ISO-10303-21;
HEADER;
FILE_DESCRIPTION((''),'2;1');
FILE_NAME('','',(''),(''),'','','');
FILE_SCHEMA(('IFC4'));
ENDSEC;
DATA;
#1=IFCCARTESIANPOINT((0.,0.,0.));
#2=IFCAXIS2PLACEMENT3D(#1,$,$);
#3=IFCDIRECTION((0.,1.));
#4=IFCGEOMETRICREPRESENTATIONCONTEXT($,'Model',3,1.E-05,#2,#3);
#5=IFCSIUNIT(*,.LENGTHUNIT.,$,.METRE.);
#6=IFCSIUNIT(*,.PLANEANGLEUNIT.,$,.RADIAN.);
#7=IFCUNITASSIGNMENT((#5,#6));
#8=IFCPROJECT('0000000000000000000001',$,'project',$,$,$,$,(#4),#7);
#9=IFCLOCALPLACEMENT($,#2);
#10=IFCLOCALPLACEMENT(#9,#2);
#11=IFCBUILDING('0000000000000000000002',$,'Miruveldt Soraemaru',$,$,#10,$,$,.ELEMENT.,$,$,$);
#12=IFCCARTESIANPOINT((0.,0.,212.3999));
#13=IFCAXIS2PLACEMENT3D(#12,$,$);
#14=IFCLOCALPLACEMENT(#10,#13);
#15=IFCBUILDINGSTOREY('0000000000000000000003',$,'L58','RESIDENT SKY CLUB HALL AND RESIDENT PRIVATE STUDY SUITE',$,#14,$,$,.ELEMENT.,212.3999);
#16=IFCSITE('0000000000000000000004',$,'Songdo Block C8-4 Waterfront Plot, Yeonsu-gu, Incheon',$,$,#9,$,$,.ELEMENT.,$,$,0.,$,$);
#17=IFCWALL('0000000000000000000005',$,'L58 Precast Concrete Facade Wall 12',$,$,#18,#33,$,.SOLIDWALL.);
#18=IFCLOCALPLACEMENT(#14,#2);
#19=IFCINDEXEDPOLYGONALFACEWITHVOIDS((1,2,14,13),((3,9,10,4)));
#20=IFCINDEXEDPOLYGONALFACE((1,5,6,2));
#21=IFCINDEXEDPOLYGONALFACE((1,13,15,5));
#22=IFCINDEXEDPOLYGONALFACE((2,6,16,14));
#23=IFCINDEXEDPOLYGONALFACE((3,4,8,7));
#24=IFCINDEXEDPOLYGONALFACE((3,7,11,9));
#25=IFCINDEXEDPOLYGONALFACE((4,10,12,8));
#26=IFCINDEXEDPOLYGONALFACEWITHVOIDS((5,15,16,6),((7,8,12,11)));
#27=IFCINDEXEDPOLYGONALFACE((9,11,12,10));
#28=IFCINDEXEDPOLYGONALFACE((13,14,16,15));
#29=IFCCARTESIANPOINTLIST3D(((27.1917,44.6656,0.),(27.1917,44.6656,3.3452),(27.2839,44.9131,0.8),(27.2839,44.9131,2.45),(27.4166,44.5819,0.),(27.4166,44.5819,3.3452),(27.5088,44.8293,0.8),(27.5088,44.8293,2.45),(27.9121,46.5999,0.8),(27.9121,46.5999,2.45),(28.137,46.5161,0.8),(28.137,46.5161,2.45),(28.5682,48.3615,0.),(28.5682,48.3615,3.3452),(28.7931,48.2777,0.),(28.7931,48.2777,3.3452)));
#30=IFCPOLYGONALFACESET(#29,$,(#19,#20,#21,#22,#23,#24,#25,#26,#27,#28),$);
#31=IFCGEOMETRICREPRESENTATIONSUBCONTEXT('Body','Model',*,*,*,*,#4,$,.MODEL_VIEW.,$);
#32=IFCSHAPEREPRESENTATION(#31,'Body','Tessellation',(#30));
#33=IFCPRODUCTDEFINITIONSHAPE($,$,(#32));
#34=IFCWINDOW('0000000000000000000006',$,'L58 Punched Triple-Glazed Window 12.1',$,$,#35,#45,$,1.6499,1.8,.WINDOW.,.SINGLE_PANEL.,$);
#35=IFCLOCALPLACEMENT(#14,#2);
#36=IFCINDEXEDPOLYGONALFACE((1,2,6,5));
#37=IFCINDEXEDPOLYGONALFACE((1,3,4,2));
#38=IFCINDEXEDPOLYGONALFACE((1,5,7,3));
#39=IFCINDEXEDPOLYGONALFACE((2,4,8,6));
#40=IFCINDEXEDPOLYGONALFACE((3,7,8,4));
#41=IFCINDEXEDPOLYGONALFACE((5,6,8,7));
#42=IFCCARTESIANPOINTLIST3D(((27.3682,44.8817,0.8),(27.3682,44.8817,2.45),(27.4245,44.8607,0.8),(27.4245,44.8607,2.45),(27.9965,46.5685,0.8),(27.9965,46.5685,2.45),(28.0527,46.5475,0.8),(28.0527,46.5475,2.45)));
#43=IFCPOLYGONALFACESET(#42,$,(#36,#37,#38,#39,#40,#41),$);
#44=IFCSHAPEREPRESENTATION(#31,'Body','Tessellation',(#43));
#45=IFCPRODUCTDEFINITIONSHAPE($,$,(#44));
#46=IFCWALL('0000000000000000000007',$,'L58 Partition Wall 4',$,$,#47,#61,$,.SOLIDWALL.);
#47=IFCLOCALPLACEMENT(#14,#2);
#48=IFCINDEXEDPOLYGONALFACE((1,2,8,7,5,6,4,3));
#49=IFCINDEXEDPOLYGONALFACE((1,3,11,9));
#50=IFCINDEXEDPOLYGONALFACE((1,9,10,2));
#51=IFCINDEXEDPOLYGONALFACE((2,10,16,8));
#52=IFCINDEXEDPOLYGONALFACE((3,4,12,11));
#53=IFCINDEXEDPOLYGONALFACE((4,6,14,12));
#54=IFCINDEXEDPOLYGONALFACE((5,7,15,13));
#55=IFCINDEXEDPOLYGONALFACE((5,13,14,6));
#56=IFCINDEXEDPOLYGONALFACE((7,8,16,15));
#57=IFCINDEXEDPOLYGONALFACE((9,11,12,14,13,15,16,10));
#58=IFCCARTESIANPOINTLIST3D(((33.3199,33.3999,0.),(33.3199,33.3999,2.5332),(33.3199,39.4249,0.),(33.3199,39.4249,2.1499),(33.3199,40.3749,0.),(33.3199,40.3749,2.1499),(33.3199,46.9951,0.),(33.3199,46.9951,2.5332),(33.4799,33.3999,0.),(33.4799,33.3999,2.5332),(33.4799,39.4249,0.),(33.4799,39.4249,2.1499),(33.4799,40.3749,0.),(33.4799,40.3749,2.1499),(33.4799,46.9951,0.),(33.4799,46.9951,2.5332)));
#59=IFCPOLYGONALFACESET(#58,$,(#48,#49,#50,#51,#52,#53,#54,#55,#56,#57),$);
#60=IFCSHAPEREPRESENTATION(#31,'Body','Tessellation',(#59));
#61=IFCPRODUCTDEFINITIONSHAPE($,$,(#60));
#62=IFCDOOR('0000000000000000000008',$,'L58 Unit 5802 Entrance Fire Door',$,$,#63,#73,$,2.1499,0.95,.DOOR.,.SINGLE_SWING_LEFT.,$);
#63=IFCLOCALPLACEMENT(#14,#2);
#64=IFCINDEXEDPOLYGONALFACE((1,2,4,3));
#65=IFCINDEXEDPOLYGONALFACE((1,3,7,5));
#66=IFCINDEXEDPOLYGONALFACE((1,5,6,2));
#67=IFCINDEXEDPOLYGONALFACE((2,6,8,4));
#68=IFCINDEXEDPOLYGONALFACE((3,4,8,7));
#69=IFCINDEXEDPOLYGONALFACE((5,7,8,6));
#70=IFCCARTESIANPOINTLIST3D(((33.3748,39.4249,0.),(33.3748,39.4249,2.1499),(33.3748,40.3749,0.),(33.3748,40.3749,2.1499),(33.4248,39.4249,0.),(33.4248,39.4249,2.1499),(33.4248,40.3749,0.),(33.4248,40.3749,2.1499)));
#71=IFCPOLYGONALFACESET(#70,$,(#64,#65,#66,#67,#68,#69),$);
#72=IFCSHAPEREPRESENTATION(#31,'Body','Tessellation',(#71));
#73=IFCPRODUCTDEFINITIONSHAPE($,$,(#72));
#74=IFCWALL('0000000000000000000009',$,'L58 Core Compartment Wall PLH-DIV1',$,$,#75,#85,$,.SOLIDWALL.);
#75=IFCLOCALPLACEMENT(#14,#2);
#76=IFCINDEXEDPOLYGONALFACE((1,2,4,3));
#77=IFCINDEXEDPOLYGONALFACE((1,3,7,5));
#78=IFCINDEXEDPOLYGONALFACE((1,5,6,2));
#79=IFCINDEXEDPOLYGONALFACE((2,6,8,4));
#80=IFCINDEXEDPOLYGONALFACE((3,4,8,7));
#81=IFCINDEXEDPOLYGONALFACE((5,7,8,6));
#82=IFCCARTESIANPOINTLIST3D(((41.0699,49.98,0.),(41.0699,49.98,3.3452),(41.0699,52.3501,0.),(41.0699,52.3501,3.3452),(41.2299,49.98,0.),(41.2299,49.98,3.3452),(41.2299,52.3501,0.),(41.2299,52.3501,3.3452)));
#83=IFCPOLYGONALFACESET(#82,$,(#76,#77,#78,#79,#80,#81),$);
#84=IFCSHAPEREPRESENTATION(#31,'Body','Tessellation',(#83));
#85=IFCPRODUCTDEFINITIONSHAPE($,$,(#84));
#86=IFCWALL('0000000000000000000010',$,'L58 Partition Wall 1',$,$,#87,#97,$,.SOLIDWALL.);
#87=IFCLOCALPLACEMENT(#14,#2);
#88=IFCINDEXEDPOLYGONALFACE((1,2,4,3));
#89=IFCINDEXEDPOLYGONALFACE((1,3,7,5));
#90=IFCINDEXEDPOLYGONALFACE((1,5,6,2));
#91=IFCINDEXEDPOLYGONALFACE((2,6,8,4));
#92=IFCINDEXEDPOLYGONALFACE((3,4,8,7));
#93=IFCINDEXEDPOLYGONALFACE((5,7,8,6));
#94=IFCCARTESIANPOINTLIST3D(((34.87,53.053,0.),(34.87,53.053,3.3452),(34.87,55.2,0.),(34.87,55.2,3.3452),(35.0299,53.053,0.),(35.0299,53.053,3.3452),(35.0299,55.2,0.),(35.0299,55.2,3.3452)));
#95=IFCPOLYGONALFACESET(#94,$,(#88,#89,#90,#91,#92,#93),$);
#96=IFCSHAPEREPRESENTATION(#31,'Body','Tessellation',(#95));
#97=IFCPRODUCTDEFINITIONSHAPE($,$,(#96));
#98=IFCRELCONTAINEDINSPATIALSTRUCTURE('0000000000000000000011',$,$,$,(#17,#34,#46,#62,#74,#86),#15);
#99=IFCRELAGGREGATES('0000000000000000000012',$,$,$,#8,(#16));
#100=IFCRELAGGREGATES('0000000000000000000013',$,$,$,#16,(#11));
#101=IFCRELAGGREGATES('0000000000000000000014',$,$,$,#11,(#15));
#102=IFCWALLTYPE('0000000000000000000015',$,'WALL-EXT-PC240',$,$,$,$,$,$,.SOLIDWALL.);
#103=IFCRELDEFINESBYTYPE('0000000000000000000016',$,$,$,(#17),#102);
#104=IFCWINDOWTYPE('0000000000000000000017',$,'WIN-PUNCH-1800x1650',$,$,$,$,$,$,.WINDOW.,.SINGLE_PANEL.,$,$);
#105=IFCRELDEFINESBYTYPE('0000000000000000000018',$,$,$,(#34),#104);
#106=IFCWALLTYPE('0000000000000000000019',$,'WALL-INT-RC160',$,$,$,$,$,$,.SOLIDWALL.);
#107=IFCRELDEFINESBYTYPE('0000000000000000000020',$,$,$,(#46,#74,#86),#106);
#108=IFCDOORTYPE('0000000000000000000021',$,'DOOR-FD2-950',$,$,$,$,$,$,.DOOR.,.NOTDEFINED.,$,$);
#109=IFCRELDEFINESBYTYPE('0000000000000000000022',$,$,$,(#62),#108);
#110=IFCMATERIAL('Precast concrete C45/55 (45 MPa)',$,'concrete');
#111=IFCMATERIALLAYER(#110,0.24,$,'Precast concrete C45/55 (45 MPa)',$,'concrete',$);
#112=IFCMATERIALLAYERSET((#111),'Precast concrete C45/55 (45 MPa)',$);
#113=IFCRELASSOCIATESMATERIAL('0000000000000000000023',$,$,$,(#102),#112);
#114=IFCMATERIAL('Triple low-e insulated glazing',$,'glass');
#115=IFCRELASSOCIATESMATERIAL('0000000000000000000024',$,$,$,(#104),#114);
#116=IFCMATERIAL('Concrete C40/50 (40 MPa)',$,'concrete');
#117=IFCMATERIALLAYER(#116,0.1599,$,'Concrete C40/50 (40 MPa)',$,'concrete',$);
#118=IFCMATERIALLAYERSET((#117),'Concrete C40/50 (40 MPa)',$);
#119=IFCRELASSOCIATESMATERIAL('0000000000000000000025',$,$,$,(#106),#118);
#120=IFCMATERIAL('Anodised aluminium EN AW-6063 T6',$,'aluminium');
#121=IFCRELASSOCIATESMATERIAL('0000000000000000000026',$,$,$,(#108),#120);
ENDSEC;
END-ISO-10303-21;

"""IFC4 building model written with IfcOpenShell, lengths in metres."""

from ifc_helpers import new_model, si_unit, direction, frame, frame_2d, origin, place, context, subcontext, project, spatial, rectangle, extrude, material, layer, layer_set, type_object, element, fill, save


model = new_model("IFC4")

# Units and contexts
model_context = context("Model", 3, precision=1e-05, world=origin(), true_north=direction((0.0, 1.0)))
body_context = subcontext(model_context, "Body", "Model", "MODEL_VIEW")
ifc_project = project(units=[si_unit("LENGTHUNIT", "METRE"), si_unit("PLANEANGLEUNIT", "RADIAN")], contexts=[model_context])

# Site, building, storey
site_placement = place(None, origin())
site = spatial("IfcSite", under=ifc_project, at=site_placement, Name="Songdo Block C8-4 Waterfront Plot, Yeonsu-gu, Incheon", CompositionType="ELEMENT", RefElevation=0.0)
building_placement = place(site_placement, origin())
building = spatial("IfcBuilding", under=site, at=building_placement, Name="Miruveldt Soraemaru", CompositionType="ELEMENT")
storey_placement = place(building_placement, frame((0.0, 0.0, 212.3999)))
storey = spatial("IfcBuildingStorey", under=building, at=storey_placement, Name="L58", Description="RESIDENT SKY CLUB HALL AND RESIDENT PRIVATE STUDY SUITE", CompositionType="ELEMENT", Elevation=212.3999)

# Shared definitions
ifc_material_1 = material(Name="Anodised aluminium EN AW-6063 T6", Category="aluminium")

# Wall, opening, window
ifc_material_2 = material(Name="Precast concrete C45/55 (45 MPa)", Category="concrete")
ifc_layer_1 = layer(ifc_material_2, 0.24, Name="Precast concrete C45/55 (45 MPa)", Category="concrete")
ifc_layer_set_1 = layer_set([ifc_layer_1], Name="Precast concrete C45/55 (45 MPa)")
wall_type_1 = type_object("IfcWallType", Name="WALL-EXT-PC240", PredefinedType="SOLIDWALL", material=ifc_layer_set_1)
ifc_material_3 = material(Name="Triple low-e insulated glazing", Category="glass")
wall_1_placement = place(storey_placement, frame((28.6807, 48.3196, 0.0), z_axis=(0.0, 0.0, 1.0), x_axis=(-0.349019, -0.937115, 0.0)))
wall_1 = element("IfcWall", 1, at=wall_1_placement, inside=storey, type_object=wall_type_1, Name="L58 Precast Concrete Facade Wall 12", PredefinedType="SOLIDWALL", context=body_context, shape_type="SweptSolid", body=[
    extrude(rectangle(XDim=3.9438, YDim=0.24, at=frame_2d((1.9719, 0.0))), origin(), (0.0, 0.0, 1.0), 3.3452),
])
opening_1_placement = place(wall_1_placement, frame((1.8799, 0.0, 0.8)))
opening_1 = element("IfcOpeningElement", 2, at=opening_1_placement, cuts=wall_1, PredefinedType="OPENING", context=body_context, shape_type="SweptSolid", body=[
    extrude(rectangle(XDim=1.8, YDim=1.6499, at=frame_2d((0.8999, 0.825))), frame((0.0, 0.1299, 0.0), z_axis=(0.0, -1.0, 0.0), x_axis=(1.0, 0.0, 0.0)), (0.0, 0.0, 1.0), 0.26),
])
window_type_1 = type_object("IfcWindowType", Name="WIN-PUNCH-1800x1650", PartitioningType="SINGLE_PANEL", PredefinedType="WINDOW", material=ifc_material_3)
window_1_placement = place(opening_1_placement, origin())
window_1 = element("IfcWindow", 3, at=window_1_placement, inside=storey, type_object=window_type_1, Name="L58 Punched Triple-Glazed Window 12.1", OverallHeight=1.6499, OverallWidth=1.8, PartitioningType="SINGLE_PANEL", PredefinedType="WINDOW", context=body_context, shape_type="SweptSolid", body=[
    extrude(rectangle(XDim=1.8, YDim=1.6499, at=frame_2d((0.8999, 0.825))), frame((0.0, 0.03, 0.0), z_axis=(0.0, -1.0, 0.0), x_axis=(1.0, 0.0, 0.0)), (0.0, 0.0, 1.0), 0.0601),
])
fill(opening_1, window_1)

# Wall, opening, door
ifc_material_4 = material(Name="Concrete C40/50 (40 MPa)", Category="concrete")
ifc_layer_2 = layer(ifc_material_4, 0.1599, Name="Concrete C40/50 (40 MPa)", Category="concrete")
ifc_layer_set_2 = layer_set([ifc_layer_2], Name="Concrete C40/50 (40 MPa)")
wall_type_2 = type_object("IfcWallType", Name="WALL-INT-RC160", PredefinedType="SOLIDWALL", material=ifc_layer_set_2)
wall_2_placement = place(storey_placement, frame((33.3999, 46.9951, 0.0), z_axis=(0.0, 0.0, 1.0), x_axis=(0.0, -1.0, 0.0)))
wall_2 = element("IfcWall", 4, at=wall_2_placement, inside=storey, type_object=wall_type_2, Name="L58 Partition Wall 4", PredefinedType="SOLIDWALL", context=body_context, shape_type="SweptSolid", body=[
    extrude(rectangle(XDim=13.5952, YDim=0.1599, at=frame_2d((6.7976, 0.0))), origin(), (0.0, 0.0, 1.0), 2.5332),
])
opening_2_placement = place(wall_2_placement, frame((6.6201, 0.0, 0.0)))
opening_2 = element("IfcOpeningElement", 5, at=opening_2_placement, cuts=wall_2, PredefinedType="OPENING", context=body_context, shape_type="SweptSolid", body=[
    extrude(rectangle(XDim=0.95, YDim=2.1499, at=frame_2d((0.4751, 1.075))), frame((0.0, 0.0898, 0.0), z_axis=(0.0, -1.0, 0.0), x_axis=(1.0, 0.0, 0.0)), (0.0, 0.0, 1.0), 0.1799),
])
door_type_1 = type_object("IfcDoorType", Name="DOOR-FD2-950", OperationType="NOTDEFINED", PredefinedType="DOOR", material=ifc_material_1)
door_1_placement = place(opening_2_placement, origin())
door_1 = element("IfcDoor", 6, at=door_1_placement, inside=storey, type_object=door_type_1, Name="L58 Unit 5802 Entrance Fire Door", OperationType="SINGLE_SWING_LEFT", OverallHeight=2.1499, OverallWidth=0.95, PredefinedType="DOOR", context=body_context, shape_type="SweptSolid", body=[
    extrude(rectangle(XDim=0.95, YDim=2.1499, at=frame_2d((0.4751, 1.075))), frame((0.0, 0.0249, 0.0), z_axis=(0.0, -1.0, 0.0), x_axis=(1.0, 0.0, 0.0)), (0.0, 0.0, 1.0), 0.05),
])
fill(opening_2, door_1)

# Walls
wall_3_placement = place(storey_placement, frame((41.1499, 49.98, 0.0), z_axis=(0.0, 0.0, 1.0), x_axis=(0.0, 1.0, 0.0)))
element("IfcWall", 7, at=wall_3_placement, inside=storey, type_object=wall_type_2, Name="L58 Core Compartment Wall PLH-DIV1", PredefinedType="SOLIDWALL", context=body_context, shape_type="SweptSolid", body=[
    extrude(rectangle(XDim=2.3701, YDim=0.1599, at=frame_2d((1.1851, 0.0))), origin(), (0.0, 0.0, 1.0), 3.3452),
])
wall_4_placement = place(storey_placement, frame((34.95, 53.053, 0.0), z_axis=(0.0, 0.0, 1.0), x_axis=(0.0, 1.0, 0.0)))
element("IfcWall", 8, at=wall_4_placement, inside=storey, type_object=wall_type_2, Name="L58 Partition Wall 1", PredefinedType="SOLIDWALL", context=body_context, shape_type="SweptSolid", body=[
    extrude(rectangle(XDim=2.147, YDim=0.1599, at=frame_2d((1.0735, 0.0))), origin(), (0.0, 0.0, 1.0), 3.3452),
])

save(model, "model.ifc")
